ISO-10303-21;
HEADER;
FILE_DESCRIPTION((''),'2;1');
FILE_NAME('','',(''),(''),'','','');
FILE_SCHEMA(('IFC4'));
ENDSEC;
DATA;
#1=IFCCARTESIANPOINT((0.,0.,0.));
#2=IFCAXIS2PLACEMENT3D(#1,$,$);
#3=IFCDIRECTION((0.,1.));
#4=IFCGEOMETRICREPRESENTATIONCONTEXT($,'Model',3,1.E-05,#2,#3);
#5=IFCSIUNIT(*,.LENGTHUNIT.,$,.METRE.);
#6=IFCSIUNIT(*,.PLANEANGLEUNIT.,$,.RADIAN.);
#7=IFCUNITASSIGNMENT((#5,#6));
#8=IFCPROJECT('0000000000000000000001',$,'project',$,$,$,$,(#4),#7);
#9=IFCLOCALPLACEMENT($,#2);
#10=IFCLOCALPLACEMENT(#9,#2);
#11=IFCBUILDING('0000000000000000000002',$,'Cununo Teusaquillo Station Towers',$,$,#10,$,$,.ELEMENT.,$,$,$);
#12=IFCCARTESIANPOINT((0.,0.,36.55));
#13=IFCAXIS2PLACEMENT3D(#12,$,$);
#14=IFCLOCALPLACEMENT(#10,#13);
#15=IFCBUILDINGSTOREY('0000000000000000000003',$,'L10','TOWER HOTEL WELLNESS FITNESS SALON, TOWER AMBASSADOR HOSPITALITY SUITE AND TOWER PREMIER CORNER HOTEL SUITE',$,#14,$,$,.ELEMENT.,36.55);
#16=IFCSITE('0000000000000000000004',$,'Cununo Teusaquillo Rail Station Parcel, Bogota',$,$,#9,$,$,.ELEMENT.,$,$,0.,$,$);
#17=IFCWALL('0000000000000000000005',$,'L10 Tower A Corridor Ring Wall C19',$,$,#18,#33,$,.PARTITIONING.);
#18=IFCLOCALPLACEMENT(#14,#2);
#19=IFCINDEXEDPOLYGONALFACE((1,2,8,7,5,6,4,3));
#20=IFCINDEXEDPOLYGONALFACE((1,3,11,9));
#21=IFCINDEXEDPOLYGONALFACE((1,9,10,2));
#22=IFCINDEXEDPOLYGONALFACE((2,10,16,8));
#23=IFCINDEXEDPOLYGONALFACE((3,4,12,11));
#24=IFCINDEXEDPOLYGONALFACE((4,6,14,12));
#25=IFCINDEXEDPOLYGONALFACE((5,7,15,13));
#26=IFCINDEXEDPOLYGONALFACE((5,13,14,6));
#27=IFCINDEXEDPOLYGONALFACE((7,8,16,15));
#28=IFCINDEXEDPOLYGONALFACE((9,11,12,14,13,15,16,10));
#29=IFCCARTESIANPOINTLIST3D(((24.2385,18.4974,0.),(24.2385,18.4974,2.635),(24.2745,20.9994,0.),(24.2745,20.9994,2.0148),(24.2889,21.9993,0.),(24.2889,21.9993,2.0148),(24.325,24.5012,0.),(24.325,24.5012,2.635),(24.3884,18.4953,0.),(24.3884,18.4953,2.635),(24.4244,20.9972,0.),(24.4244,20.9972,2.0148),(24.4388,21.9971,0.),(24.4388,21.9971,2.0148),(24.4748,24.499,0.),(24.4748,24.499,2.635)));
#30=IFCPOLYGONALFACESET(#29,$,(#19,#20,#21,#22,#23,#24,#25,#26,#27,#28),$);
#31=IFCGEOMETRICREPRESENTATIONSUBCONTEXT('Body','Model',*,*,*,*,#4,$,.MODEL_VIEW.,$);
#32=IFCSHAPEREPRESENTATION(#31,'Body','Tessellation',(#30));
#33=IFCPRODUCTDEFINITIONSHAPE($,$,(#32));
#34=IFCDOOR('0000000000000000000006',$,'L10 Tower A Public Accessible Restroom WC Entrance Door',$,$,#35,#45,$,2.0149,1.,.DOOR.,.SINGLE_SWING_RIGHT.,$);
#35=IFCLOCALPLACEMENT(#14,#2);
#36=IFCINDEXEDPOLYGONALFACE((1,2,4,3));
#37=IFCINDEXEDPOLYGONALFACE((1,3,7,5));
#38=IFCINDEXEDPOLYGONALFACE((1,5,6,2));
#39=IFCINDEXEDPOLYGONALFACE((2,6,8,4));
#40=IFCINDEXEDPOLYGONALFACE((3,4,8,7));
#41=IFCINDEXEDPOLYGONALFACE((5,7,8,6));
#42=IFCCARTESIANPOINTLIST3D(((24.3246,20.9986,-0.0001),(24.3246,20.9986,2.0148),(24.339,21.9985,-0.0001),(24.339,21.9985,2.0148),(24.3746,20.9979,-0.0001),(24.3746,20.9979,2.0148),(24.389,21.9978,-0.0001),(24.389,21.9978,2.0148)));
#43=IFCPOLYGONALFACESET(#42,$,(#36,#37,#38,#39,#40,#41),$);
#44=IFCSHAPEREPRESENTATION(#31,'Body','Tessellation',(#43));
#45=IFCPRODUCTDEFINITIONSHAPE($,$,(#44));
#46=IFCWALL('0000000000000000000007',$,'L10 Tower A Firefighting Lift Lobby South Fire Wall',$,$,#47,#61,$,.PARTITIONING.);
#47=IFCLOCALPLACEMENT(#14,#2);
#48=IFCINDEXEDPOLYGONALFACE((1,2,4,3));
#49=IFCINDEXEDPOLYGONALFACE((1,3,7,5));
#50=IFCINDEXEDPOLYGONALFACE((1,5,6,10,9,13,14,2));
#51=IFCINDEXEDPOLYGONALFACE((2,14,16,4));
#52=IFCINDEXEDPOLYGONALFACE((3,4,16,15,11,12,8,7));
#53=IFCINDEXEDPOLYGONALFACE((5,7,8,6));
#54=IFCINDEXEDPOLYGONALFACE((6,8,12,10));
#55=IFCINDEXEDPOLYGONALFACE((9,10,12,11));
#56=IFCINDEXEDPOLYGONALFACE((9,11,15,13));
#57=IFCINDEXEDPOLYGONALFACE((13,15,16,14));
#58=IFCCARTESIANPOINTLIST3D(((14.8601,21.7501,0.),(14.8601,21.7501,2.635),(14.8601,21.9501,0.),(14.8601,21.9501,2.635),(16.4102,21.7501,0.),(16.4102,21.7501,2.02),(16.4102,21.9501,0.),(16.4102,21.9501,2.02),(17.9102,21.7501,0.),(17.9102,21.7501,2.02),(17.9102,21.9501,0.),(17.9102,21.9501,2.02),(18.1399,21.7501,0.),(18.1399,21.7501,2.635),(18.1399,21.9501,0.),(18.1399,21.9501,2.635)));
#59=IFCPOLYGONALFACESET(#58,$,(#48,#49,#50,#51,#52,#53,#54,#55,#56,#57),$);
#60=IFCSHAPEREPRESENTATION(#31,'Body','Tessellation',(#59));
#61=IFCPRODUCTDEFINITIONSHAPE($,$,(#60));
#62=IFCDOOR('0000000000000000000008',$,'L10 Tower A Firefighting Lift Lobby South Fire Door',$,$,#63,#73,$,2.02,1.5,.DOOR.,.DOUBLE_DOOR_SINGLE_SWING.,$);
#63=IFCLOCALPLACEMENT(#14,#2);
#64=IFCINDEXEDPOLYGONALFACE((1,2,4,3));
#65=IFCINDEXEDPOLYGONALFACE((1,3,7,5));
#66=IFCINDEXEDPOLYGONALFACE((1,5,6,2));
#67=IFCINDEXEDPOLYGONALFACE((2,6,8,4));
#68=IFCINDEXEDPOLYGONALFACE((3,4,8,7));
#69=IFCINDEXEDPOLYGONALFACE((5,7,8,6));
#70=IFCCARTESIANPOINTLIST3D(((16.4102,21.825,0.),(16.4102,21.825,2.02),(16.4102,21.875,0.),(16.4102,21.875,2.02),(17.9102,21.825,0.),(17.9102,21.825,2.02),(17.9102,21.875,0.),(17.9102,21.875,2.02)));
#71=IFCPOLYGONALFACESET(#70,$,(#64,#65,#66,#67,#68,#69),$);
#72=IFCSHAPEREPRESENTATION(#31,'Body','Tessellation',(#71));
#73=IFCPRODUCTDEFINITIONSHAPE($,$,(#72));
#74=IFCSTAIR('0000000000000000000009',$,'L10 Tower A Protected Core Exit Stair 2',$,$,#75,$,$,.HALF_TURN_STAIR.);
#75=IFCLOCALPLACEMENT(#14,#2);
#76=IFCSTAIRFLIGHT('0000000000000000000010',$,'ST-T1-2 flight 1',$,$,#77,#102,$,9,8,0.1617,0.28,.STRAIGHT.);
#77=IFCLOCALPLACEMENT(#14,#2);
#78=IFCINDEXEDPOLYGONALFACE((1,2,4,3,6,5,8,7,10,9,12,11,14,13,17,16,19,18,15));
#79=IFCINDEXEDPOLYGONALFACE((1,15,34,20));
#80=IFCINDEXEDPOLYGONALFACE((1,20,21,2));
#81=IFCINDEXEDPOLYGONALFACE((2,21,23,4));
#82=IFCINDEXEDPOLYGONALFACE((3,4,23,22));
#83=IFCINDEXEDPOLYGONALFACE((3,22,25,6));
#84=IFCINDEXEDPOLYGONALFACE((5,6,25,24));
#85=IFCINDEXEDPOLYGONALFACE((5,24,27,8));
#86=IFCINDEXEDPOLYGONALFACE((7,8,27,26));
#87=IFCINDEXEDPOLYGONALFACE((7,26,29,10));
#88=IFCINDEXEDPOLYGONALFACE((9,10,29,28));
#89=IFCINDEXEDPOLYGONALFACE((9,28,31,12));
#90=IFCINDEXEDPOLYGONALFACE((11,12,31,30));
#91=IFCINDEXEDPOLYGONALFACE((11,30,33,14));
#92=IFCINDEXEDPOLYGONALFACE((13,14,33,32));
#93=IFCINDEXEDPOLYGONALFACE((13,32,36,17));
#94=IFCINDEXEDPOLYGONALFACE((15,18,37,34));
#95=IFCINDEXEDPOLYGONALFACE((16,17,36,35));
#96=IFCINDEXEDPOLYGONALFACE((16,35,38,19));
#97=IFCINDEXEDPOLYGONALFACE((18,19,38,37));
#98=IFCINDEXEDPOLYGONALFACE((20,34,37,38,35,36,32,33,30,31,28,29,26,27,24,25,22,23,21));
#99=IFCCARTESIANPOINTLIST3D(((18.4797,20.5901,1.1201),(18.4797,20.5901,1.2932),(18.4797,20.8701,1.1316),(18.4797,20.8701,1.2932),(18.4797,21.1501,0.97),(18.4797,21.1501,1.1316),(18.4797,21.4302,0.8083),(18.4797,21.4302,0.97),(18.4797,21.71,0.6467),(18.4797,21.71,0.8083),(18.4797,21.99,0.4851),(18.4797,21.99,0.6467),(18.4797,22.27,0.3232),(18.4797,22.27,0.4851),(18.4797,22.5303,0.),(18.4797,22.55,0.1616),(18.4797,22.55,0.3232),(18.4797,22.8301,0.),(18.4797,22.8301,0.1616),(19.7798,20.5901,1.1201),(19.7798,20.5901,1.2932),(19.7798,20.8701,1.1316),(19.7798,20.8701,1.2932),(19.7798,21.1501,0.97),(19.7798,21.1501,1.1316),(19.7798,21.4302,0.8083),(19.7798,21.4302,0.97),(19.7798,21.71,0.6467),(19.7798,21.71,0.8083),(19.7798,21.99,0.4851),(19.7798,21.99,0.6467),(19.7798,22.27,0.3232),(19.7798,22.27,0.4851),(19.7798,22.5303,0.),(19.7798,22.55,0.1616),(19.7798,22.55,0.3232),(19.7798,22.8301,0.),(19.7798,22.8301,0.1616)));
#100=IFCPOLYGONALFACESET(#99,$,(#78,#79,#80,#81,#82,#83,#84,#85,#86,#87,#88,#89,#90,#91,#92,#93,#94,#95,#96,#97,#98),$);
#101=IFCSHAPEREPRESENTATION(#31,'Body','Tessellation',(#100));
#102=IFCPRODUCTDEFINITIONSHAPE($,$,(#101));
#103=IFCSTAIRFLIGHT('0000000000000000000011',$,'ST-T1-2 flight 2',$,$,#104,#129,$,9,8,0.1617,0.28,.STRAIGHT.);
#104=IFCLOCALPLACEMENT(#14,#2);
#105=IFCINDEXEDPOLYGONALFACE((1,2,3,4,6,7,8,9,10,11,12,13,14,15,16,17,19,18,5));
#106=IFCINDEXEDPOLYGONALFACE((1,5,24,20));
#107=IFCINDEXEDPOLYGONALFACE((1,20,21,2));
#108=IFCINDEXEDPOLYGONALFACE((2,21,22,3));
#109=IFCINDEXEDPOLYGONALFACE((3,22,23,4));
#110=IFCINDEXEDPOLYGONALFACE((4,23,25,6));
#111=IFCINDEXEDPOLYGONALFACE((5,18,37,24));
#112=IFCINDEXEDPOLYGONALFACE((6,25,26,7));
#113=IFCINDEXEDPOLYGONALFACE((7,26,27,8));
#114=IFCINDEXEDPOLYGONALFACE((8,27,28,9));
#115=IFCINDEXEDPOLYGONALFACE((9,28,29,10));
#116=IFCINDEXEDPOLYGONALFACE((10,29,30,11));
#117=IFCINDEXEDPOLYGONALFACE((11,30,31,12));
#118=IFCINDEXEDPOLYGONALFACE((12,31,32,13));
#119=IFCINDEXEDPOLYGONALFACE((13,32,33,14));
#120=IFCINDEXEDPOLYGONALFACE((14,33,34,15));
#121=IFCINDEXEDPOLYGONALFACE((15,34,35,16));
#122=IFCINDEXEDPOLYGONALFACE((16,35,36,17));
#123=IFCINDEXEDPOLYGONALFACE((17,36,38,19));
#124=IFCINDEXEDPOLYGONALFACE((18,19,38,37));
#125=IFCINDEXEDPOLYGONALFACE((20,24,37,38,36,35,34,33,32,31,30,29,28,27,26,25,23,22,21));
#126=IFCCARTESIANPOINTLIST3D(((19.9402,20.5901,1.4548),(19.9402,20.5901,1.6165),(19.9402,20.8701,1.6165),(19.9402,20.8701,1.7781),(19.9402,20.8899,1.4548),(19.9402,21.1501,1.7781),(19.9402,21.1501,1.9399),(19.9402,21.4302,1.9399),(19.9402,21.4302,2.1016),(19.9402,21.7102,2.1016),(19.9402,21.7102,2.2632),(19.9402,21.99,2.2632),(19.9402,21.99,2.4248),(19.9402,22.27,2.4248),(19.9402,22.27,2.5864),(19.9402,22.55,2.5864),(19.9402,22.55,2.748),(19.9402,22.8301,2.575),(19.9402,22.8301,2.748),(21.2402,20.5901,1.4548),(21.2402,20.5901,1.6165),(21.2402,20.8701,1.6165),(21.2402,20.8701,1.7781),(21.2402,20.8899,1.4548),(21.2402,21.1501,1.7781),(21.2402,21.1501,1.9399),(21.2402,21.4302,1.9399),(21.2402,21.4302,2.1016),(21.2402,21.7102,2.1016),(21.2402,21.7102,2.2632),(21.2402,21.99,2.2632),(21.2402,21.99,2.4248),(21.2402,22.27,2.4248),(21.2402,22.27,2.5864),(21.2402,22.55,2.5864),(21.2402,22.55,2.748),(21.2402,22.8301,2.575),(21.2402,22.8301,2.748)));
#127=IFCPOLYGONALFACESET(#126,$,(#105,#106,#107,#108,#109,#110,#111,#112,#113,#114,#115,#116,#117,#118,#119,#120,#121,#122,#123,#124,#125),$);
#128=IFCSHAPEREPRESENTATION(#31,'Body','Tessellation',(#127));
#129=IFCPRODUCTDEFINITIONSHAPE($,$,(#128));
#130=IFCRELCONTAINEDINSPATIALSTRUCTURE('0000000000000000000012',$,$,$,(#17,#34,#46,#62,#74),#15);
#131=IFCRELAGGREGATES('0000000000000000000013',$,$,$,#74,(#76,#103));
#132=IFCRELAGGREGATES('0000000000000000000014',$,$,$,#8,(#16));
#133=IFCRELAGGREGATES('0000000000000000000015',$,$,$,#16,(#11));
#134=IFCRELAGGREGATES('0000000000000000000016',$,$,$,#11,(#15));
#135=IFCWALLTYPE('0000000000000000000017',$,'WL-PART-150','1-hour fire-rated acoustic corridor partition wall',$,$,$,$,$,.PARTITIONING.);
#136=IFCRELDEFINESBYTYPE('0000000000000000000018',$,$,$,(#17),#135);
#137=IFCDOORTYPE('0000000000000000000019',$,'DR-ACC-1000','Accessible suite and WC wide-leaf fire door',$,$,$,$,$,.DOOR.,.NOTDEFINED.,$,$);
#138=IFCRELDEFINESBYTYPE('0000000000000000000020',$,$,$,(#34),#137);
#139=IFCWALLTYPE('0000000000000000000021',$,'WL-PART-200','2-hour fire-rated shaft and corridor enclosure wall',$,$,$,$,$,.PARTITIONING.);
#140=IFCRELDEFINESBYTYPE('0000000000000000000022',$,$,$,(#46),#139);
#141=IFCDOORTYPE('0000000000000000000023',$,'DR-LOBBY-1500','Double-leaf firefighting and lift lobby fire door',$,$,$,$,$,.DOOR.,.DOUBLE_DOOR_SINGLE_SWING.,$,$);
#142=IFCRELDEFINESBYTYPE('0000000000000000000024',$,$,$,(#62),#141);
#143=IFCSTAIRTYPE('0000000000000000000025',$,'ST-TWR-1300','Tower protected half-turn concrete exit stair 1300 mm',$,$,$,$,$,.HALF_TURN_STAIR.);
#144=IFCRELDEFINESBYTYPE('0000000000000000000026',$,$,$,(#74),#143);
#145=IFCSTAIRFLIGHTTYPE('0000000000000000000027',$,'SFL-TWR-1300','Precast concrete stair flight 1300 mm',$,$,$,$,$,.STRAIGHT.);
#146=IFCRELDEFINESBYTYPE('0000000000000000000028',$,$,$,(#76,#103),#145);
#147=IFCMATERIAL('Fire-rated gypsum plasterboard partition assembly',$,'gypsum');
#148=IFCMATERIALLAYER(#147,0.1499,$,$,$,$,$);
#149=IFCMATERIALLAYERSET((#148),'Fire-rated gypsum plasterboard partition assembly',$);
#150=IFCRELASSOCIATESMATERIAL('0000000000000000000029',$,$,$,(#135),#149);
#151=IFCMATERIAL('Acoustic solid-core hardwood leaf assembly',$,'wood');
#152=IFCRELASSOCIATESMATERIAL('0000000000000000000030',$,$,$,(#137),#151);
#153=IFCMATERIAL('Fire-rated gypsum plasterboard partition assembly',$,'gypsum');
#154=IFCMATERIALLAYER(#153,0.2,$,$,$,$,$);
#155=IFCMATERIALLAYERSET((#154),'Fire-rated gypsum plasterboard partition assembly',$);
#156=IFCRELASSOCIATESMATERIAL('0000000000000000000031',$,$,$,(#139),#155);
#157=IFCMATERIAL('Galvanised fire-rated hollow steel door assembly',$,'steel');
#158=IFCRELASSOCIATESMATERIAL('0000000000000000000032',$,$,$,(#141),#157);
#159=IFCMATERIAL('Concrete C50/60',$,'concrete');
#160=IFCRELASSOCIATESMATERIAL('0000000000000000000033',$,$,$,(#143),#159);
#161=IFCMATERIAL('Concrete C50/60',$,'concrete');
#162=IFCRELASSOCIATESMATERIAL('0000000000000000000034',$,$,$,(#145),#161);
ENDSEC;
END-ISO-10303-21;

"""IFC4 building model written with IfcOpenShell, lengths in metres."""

from ifc_helpers import new_model, si_unit, direction, frame, frame_2d, origin, place, context, subcontext, project, spatial, polyline, rectangle, outline, extrude, source, transform, mapped, material, layer, layer_set, type_object, element, fill, aggregate, save


model = new_model("IFC4")

# Units and contexts
model_context = context("Model", 3, precision=1e-05, world=origin(), true_north=direction((0.0, 1.0)))
body_context = subcontext(model_context, "Body", "Model", "MODEL_VIEW")
ifc_project = project(units=[si_unit("LENGTHUNIT", "METRE"), si_unit("PLANEANGLEUNIT", "RADIAN")], contexts=[model_context])

# Site, building, storey
site_placement = place(None, origin())
site = spatial("IfcSite", under=ifc_project, at=site_placement, Name="Cununo Teusaquillo Rail Station Parcel, Bogota", CompositionType="ELEMENT", RefElevation=0.0)
building_placement = place(site_placement, origin())
building = spatial("IfcBuilding", under=site, at=building_placement, Name="Cununo Teusaquillo Station Towers", CompositionType="ELEMENT")
storey_placement = place(building_placement, frame((0.0, 0.0, 36.55)))
storey = spatial("IfcBuildingStorey", under=building, at=storey_placement, Name="L10", Description="TOWER HOTEL WELLNESS FITNESS SALON, TOWER AMBASSADOR HOSPITALITY SUITE AND TOWER PREMIER CORNER HOTEL SUITE", CompositionType="ELEMENT", Elevation=36.55)

# Walls, openings, doors
ifc_material_1 = material(Name="Fire-rated gypsum plasterboard partition assembly", Category="gypsum")
ifc_layer_1 = layer(ifc_material_1, 0.1499)
ifc_layer_set_1 = layer_set([ifc_layer_1], Name="Fire-rated gypsum plasterboard partition assembly")
wall_type_1 = type_object("IfcWallType", Name="WL-PART-150", Description="1-hour fire-rated acoustic corridor partition wall", PredefinedType="PARTITIONING", material=ifc_layer_set_1)
wall_1_placement = place(storey_placement, frame((24.3135, 18.4963, 0.0), z_axis=(0.0, 0.0, 1.0), x_axis=(0.014394, 0.999896, 0.0)))
wall_1 = element("IfcWall", 1, at=wall_1_placement, inside=storey, type_object=wall_type_1, Name="L10 Tower A Corridor Ring Wall C19", PredefinedType="PARTITIONING", context=body_context, shape_type="SweptSolid", body=[
    extrude(rectangle(XDim=6.0044, YDim=0.1499, at=frame_2d((3.0022, 0.0))), origin(), (0.0, 0.0, 1.0), 2.635),
])
shared_shape_1 = source(origin(), body_context, "Body", "SweptSolid", [
    extrude(rectangle(XDim=1.0, YDim=2.0149, at=frame_2d((0.5, 1.0073))), frame((0.0, 0.085, 0.0), z_axis=(0.0, -1.0, 0.0), x_axis=(1.0, 0.0, 0.0)), (0.0, 0.0, 1.0), 0.1699),
])
opening_1_placement = place(wall_1_placement, frame((2.5022, 0.0, 0.0)))
opening_1 = element("IfcOpeningElement", 2, at=opening_1_placement, cuts=wall_1, PredefinedType="OPENING", context=body_context, shape_type="MappedRepresentation", body=[
    mapped(shared_shape_1, transform((0.0, 0.0, 0.0), x_axis=(1.0, 0.0, 0.0), y_axis=(0.0, 1.0, 0.0), z_axis=(0.0, 0.0, 1.0), scale=1.0)),
])
ifc_material_2 = material(Name="Acoustic solid-core hardwood leaf assembly", Category="wood")
door_type_1 = type_object("IfcDoorType", Name="DR-ACC-1000", Description="Accessible suite and WC wide-leaf fire door", OperationType="NOTDEFINED", PredefinedType="DOOR", material=ifc_material_2)
shared_shape_2 = source(origin(), body_context, "Body", "SweptSolid", [
    extrude(rectangle(XDim=1.0, YDim=2.0149, at=frame_2d((0.5, 1.0073))), frame((0.0, 0.0249, 0.0), z_axis=(0.0, -1.0, 0.0), x_axis=(1.0, 0.0, 0.0)), (0.0, 0.0, 1.0), 0.05),
])
door_1_placement = place(opening_1_placement, origin())
door_1 = element("IfcDoor", 3, at=door_1_placement, inside=storey, type_object=door_type_1, Name="L10 Tower A Public Accessible Restroom WC Entrance Door", OperationType="SINGLE_SWING_RIGHT", OverallHeight=2.0149, OverallWidth=1.0, PredefinedType="DOOR", context=body_context, shape_type="MappedRepresentation", body=[
    mapped(shared_shape_2, transform((0.0, 0.0, 0.0), x_axis=(1.0, 0.0, 0.0), y_axis=(0.0, 1.0, 0.0), z_axis=(0.0, 0.0, 1.0), scale=1.0)),
])
fill(opening_1, door_1)
ifc_material_3 = material(Name="Fire-rated gypsum plasterboard partition assembly", Category="gypsum")
ifc_layer_2 = layer(ifc_material_3, 0.2)
ifc_layer_set_2 = layer_set([ifc_layer_2], Name="Fire-rated gypsum plasterboard partition assembly")
wall_type_2 = type_object("IfcWallType", Name="WL-PART-200", Description="2-hour fire-rated shaft and corridor enclosure wall", PredefinedType="PARTITIONING", material=ifc_layer_set_2)
wall_2_placement = place(storey_placement, frame((14.8601, 21.8501, 0.0), z_axis=(0.0, 0.0, 1.0), x_axis=(1.0, 0.0, 0.0)))
wall_2 = element("IfcWall", 4, at=wall_2_placement, inside=storey, type_object=wall_type_2, Name="L10 Tower A Firefighting Lift Lobby South Fire Wall", PredefinedType="PARTITIONING", context=body_context, shape_type="SweptSolid", body=[
    extrude(rectangle(XDim=3.2798, YDim=0.2, at=frame_2d((1.6399, 0.0))), origin(), (0.0, 0.0, 1.0), 2.635),
])
shared_shape_3 = source(origin(), body_context, "Body", "SweptSolid", [
    extrude(rectangle(XDim=1.5, YDim=2.02, at=frame_2d((0.75, 1.01))), frame((0.0, 0.1099, 0.0), z_axis=(0.0, -1.0, 0.0), x_axis=(1.0, 0.0, 0.0)), (0.0, 0.0, 1.0), 0.22),
])
opening_2_placement = place(wall_2_placement, frame((1.55, 0.0, 0.0)))
opening_2 = element("IfcOpeningElement", 5, at=opening_2_placement, cuts=wall_2, PredefinedType="OPENING", context=body_context, shape_type="MappedRepresentation", body=[
    mapped(shared_shape_3, transform((0.0, 0.0, 0.0), x_axis=(1.0, 0.0, 0.0), y_axis=(0.0, 1.0, 0.0), z_axis=(0.0, 0.0, 1.0), scale=1.0)),
])
ifc_material_4 = material(Name="Galvanised fire-rated hollow steel door assembly", Category="steel")
door_type_2 = type_object("IfcDoorType", Name="DR-LOBBY-1500", Description="Double-leaf firefighting and lift lobby fire door", OperationType="DOUBLE_DOOR_SINGLE_SWING", PredefinedType="DOOR", material=ifc_material_4)
shared_shape_4 = source(origin(), body_context, "Body", "SweptSolid", [
    extrude(rectangle(XDim=1.5, YDim=2.02, at=frame_2d((0.75, 1.01))), frame((0.0, 0.0249, 0.0), z_axis=(0.0, -1.0, 0.0), x_axis=(1.0, 0.0, 0.0)), (0.0, 0.0, 1.0), 0.05),
])
door_2_placement = place(opening_2_placement, origin())
door_2 = element("IfcDoor", 6, at=door_2_placement, inside=storey, type_object=door_type_2, Name="L10 Tower A Firefighting Lift Lobby South Fire Door", OperationType="DOUBLE_DOOR_SINGLE_SWING", OverallHeight=2.02, OverallWidth=1.5, PredefinedType="DOOR", context=body_context, shape_type="MappedRepresentation", body=[
    mapped(shared_shape_4, transform((0.0, 0.0, 0.0), x_axis=(1.0, 0.0, 0.0), y_axis=(0.0, 1.0, 0.0), z_axis=(0.0, 0.0, 1.0), scale=1.0)),
])
fill(opening_2, door_2)

# Stair, stair flights
ifc_material_5 = material(Name="Concrete C50/60", Category="concrete")
stair_type = type_object("IfcStairType", Name="ST-TWR-1300", Description="Tower protected half-turn concrete exit stair 1300 mm", PredefinedType="HALF_TURN_STAIR", material=ifc_material_5)
stair_placement = place(storey_placement, origin())
stair = element("IfcStair", 7, at=stair_placement, inside=storey, type_object=stair_type, Name="L10 Tower A Protected Core Exit Stair 2", PredefinedType="HALF_TURN_STAIR")
ifc_material_6 = material(Name="Concrete C50/60", Category="concrete")
stair_flight_type = type_object("IfcStairFlightType", Name="SFL-TWR-1300", Description="Precast concrete stair flight 1300 mm", PredefinedType="STRAIGHT", material=ifc_material_6)
stair_flight_1_placement = place(storey_placement, frame((19.1299, 22.8301, 0.0), z_axis=(0.0, 0.0, 1.0), x_axis=(0.0, -1.0, 0.0)))
stair_flight_1 = element("IfcStairFlight", 8, at=stair_flight_1_placement, type_object=stair_flight_type, Name="ST-T1-2 flight 1", NumberOfRisers=9, NumberOfTreads=8, PredefinedType="STRAIGHT", RiserHeight=0.1617, TreadLength=0.28, context=body_context, shape_type="SweptSolid", body=[
    extrude(outline(polyline([(0.0, 0.0), (0.0, 0.1616), (0.28, 0.1616), (0.28, 0.3232), (0.5601, 0.3232), (0.5601, 0.4851), (0.8401, 0.4851), (0.8401, 0.6467), (1.1201, 0.6467), (1.1201, 0.8083), (1.3999, 0.8083), (1.3999, 0.97), (1.6799, 0.97), (1.6799, 1.1316), (1.96, 1.1316), (1.96, 1.2932), (2.24, 1.2932), (2.24, 1.4551), (2.24, 1.1201), (0.2998, 0.0), (0.0, 0.0)])), frame((0.0, 0.6499, 0.0), z_axis=(0.0, -1.0, 0.0), x_axis=(1.0, 0.0, 0.0)), (0.0, 0.0, 1.0), 1.3),
])
stair_flight_2_placement = place(storey_placement, frame((20.5901, 20.5901, 1.4548), z_axis=(0.0, 0.0, 1.0), x_axis=(0.0, 1.0, 0.0)))
stair_flight_2 = element("IfcStairFlight", 9, at=stair_flight_2_placement, type_object=stair_flight_type, Name="ST-T1-2 flight 2", NumberOfRisers=9, NumberOfTreads=8, PredefinedType="STRAIGHT", RiserHeight=0.1617, TreadLength=0.28, context=body_context, shape_type="SweptSolid", body=[
    extrude(outline(polyline([(0.0, 0.0), (0.0, 0.1616), (0.28, 0.1616), (0.28, 0.3232), (0.5601, 0.3232), (0.5601, 0.4851), (0.8401, 0.4851), (0.8401, 0.6467), (1.1201, 0.6467), (1.1201, 0.8083), (1.3999, 0.8083), (1.3999, 0.97), (1.6799, 0.97), (1.6799, 1.1316), (1.96, 1.1316), (1.96, 1.2932), (2.24, 1.2932), (2.24, 1.4551), (2.24, 1.1201), (0.2998, 0.0), (0.0, 0.0)])), frame((0.0, 0.6499, 0.0), z_axis=(0.0, -1.0, 0.0), x_axis=(1.0, 0.0, 0.0)), (0.0, 0.0, 1.0), 1.3),
])
aggregate(stair, [stair_flight_1, stair_flight_2])

save(model, "model.ifc")
